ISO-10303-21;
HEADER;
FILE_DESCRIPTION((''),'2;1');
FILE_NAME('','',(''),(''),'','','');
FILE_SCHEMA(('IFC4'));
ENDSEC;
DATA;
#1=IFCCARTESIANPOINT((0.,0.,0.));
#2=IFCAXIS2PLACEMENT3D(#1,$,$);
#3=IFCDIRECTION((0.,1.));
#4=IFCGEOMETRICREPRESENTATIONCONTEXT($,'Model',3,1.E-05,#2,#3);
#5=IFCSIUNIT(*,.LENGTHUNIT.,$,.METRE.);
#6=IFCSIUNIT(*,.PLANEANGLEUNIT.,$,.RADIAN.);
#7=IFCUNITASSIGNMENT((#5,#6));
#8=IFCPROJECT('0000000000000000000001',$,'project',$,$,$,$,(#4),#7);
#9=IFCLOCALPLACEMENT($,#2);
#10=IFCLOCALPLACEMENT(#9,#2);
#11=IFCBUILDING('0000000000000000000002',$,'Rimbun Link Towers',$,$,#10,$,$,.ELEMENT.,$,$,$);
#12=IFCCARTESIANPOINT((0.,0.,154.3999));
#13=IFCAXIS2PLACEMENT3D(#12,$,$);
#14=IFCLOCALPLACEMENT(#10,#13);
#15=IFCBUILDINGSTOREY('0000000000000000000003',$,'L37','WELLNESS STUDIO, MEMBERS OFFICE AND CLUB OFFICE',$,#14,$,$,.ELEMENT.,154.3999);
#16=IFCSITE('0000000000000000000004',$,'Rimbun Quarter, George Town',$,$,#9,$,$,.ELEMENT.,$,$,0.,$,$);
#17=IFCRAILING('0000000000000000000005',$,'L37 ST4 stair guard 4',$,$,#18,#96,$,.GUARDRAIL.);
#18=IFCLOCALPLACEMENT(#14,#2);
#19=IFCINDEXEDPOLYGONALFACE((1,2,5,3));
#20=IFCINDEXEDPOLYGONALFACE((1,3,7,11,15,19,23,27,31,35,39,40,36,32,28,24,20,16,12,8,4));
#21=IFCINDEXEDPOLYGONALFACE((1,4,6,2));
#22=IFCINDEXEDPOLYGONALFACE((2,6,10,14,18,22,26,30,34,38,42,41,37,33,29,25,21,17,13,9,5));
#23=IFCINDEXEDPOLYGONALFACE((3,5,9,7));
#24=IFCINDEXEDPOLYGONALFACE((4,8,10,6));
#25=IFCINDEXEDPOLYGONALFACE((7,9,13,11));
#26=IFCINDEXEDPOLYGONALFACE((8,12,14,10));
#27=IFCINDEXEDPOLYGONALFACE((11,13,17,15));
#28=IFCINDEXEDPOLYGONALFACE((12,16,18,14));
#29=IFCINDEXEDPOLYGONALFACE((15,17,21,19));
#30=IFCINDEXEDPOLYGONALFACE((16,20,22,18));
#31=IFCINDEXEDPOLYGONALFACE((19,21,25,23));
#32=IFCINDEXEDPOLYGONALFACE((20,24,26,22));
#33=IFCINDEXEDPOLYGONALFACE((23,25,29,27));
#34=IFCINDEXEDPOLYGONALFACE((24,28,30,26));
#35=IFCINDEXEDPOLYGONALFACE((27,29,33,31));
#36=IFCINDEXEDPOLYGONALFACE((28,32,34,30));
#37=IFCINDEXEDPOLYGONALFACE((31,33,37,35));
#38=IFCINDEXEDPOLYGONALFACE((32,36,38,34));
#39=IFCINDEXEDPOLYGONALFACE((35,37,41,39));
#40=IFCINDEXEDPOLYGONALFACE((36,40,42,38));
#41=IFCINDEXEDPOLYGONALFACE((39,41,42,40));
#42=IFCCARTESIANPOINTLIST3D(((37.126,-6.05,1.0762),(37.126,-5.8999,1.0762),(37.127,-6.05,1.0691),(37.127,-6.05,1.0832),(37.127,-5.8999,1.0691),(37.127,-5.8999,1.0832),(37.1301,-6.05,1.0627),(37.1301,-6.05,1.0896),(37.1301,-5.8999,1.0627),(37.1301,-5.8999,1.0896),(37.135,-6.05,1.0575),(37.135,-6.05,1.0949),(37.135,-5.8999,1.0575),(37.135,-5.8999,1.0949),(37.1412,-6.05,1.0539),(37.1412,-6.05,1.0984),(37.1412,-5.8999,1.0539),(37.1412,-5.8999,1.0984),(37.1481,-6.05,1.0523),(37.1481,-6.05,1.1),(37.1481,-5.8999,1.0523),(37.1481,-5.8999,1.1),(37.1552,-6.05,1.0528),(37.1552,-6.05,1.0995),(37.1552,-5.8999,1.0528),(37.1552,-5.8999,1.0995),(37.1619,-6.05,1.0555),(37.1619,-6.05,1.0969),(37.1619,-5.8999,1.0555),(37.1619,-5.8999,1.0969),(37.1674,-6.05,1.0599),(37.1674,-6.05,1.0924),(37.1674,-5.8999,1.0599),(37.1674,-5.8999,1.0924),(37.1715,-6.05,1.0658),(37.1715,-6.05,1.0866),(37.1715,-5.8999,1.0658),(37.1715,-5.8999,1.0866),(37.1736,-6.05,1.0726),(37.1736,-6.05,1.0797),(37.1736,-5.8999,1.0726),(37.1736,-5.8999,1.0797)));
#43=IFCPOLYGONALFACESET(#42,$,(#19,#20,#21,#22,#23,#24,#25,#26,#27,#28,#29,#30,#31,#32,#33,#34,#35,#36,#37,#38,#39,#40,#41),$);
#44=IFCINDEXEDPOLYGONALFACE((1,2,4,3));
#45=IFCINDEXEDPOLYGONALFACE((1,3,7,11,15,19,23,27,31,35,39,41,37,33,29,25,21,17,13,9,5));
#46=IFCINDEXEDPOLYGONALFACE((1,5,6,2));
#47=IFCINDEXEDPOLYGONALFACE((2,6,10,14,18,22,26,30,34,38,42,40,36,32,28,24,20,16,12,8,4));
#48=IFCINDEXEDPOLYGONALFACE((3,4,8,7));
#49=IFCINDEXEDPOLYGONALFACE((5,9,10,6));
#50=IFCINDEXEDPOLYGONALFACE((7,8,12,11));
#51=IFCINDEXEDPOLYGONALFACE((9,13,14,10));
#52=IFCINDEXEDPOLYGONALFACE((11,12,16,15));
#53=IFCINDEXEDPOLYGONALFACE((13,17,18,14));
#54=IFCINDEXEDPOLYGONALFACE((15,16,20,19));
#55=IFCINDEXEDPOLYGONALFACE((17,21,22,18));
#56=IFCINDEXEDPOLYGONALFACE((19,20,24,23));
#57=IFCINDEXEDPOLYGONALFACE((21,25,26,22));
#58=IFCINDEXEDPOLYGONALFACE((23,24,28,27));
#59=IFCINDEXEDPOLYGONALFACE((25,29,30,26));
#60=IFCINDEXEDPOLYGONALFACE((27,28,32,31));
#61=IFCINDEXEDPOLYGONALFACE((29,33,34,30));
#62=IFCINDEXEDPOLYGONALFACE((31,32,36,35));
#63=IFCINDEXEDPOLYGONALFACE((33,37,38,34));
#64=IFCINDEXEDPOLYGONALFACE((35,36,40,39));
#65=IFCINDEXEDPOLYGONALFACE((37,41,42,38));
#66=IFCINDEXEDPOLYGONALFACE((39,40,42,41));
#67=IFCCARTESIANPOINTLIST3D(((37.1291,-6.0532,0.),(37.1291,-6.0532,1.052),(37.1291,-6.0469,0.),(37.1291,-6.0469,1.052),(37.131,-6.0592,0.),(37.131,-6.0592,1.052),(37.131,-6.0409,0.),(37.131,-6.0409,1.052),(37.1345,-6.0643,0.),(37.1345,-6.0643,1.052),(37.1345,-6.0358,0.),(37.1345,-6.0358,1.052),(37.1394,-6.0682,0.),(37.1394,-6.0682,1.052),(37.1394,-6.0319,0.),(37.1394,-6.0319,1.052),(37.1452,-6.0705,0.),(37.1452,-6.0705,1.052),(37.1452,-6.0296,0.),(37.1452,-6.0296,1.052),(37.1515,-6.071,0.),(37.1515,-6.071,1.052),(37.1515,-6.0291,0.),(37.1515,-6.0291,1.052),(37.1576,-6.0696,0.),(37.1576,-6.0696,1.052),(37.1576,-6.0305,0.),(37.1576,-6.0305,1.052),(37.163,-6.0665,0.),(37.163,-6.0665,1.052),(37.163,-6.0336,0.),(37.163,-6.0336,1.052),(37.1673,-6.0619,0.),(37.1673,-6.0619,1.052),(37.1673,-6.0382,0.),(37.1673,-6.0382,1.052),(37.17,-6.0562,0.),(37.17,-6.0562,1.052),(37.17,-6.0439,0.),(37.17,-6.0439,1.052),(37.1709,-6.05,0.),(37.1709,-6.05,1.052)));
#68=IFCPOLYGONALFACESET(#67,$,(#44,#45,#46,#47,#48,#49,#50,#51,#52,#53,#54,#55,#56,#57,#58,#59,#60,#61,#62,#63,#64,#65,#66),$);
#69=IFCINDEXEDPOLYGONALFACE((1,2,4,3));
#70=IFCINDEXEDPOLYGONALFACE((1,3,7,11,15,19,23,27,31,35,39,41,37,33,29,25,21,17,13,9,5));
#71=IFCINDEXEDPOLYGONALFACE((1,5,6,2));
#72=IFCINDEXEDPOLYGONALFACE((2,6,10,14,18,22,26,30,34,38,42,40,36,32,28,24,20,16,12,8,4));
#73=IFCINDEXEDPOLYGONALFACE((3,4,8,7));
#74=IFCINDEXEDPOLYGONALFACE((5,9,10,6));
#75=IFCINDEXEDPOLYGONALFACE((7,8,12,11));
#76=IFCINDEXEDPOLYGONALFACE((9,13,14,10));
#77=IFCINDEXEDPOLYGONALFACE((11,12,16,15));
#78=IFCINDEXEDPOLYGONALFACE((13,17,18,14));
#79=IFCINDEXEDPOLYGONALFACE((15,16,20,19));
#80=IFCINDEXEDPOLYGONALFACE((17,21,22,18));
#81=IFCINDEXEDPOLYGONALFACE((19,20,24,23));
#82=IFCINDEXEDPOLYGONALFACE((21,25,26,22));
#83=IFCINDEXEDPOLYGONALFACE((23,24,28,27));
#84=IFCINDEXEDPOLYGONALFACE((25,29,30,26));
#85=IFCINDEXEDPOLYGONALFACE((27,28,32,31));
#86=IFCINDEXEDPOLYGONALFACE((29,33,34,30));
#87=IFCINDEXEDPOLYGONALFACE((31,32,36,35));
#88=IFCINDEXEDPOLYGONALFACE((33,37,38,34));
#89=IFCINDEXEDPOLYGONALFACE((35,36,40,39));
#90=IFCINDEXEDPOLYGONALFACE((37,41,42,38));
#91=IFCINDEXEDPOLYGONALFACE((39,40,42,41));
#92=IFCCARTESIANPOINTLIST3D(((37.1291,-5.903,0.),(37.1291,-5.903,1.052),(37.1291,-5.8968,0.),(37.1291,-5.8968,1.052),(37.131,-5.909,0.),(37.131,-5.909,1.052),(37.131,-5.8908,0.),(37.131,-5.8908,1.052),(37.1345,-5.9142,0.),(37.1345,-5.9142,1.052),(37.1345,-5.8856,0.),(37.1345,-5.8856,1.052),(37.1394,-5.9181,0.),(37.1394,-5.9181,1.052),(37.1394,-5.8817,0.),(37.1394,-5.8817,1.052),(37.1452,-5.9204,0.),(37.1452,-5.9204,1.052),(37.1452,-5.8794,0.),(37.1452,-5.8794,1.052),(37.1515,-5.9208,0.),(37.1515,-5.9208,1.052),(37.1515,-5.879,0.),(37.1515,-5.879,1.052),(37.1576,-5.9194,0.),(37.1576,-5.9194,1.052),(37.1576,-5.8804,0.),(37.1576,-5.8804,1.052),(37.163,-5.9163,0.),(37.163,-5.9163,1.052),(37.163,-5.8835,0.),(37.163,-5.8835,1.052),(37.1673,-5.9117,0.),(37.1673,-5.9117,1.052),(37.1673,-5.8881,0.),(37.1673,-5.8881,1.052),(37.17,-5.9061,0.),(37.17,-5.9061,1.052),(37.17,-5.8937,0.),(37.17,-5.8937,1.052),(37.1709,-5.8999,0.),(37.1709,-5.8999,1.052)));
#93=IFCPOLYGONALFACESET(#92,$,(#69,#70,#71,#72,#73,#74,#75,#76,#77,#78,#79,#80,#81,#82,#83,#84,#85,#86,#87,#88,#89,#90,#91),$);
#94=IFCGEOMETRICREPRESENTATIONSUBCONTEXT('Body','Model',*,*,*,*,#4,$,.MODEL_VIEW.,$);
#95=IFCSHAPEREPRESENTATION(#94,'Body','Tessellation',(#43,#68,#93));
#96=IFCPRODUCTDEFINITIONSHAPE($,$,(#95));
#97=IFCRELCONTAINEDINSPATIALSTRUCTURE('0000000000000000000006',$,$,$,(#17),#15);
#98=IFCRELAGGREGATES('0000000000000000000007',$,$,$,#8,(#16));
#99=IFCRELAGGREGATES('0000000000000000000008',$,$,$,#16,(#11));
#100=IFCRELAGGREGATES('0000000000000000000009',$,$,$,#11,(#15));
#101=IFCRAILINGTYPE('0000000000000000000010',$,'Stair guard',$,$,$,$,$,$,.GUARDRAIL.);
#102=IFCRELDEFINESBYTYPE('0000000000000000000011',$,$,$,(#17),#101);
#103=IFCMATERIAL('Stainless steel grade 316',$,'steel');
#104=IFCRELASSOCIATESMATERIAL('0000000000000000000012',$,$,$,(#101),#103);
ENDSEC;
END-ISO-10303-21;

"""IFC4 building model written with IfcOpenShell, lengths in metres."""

from ifc_helpers import new_model, si_unit, direction, frame, origin, origin_2d, place, context, subcontext, project, spatial, circle, extrude, material, type_object, element, save


model = new_model("IFC4")

# Units and contexts
model_context = context("Model", 3, precision=1e-05, world=origin(), true_north=direction((0.0, 1.0)))
body_context = subcontext(model_context, "Body", "Model", "MODEL_VIEW")
ifc_project = project(units=[si_unit("LENGTHUNIT", "METRE"), si_unit("PLANEANGLEUNIT", "RADIAN")], contexts=[model_context])

# Site, building, storey
site_placement = place(None, origin())
site = spatial("IfcSite", under=ifc_project, at=site_placement, Name="Rimbun Quarter, George Town", CompositionType="ELEMENT", RefElevation=0.0)
building_placement = place(site_placement, origin())
building = spatial("IfcBuilding", under=site, at=building_placement, Name="Rimbun Link Towers", CompositionType="ELEMENT")
storey_placement = place(building_placement, frame((0.0, 0.0, 154.3999)))
storey = spatial("IfcBuildingStorey", under=building, at=storey_placement, Name="L37", Description="WELLNESS STUDIO, MEMBERS OFFICE AND CLUB OFFICE", CompositionType="ELEMENT", Elevation=154.3999)

# Railing
ifc_material_1 = material(Name="Stainless steel grade 316", Category="steel")
railing_type_1 = type_object("IfcRailingType", Name="Stair guard", PredefinedType="GUARDRAIL", material=ifc_material_1)
railing_1_placement = place(storey_placement, frame((37.1499, -6.05, 0.0)))
element("IfcRailing", 1, at=railing_1_placement, inside=storey, type_object=railing_type_1, Name="L37 ST4 stair guard 4", PredefinedType="GUARDRAIL", context=body_context, shape_type="SweptSolid", body=[
    extrude(circle(Radius=0.0239, at=origin_2d()), frame((0.0, 0.0, 1.0762), z_axis=(0.0, 1.0, 0.0), x_axis=(-1.0, 0.0, 0.0)), (0.0, 0.0, 1.0), 0.1501),
    extrude(circle(Radius=0.021, at=origin_2d()), origin(), (0.0, 0.0, 1.0), 1.052),
    extrude(circle(Radius=0.021, at=origin_2d()), frame((0.0, 0.1501, 0.0)), (0.0, 0.0, 1.0), 1.052),
])

save(model, "model.ifc")
